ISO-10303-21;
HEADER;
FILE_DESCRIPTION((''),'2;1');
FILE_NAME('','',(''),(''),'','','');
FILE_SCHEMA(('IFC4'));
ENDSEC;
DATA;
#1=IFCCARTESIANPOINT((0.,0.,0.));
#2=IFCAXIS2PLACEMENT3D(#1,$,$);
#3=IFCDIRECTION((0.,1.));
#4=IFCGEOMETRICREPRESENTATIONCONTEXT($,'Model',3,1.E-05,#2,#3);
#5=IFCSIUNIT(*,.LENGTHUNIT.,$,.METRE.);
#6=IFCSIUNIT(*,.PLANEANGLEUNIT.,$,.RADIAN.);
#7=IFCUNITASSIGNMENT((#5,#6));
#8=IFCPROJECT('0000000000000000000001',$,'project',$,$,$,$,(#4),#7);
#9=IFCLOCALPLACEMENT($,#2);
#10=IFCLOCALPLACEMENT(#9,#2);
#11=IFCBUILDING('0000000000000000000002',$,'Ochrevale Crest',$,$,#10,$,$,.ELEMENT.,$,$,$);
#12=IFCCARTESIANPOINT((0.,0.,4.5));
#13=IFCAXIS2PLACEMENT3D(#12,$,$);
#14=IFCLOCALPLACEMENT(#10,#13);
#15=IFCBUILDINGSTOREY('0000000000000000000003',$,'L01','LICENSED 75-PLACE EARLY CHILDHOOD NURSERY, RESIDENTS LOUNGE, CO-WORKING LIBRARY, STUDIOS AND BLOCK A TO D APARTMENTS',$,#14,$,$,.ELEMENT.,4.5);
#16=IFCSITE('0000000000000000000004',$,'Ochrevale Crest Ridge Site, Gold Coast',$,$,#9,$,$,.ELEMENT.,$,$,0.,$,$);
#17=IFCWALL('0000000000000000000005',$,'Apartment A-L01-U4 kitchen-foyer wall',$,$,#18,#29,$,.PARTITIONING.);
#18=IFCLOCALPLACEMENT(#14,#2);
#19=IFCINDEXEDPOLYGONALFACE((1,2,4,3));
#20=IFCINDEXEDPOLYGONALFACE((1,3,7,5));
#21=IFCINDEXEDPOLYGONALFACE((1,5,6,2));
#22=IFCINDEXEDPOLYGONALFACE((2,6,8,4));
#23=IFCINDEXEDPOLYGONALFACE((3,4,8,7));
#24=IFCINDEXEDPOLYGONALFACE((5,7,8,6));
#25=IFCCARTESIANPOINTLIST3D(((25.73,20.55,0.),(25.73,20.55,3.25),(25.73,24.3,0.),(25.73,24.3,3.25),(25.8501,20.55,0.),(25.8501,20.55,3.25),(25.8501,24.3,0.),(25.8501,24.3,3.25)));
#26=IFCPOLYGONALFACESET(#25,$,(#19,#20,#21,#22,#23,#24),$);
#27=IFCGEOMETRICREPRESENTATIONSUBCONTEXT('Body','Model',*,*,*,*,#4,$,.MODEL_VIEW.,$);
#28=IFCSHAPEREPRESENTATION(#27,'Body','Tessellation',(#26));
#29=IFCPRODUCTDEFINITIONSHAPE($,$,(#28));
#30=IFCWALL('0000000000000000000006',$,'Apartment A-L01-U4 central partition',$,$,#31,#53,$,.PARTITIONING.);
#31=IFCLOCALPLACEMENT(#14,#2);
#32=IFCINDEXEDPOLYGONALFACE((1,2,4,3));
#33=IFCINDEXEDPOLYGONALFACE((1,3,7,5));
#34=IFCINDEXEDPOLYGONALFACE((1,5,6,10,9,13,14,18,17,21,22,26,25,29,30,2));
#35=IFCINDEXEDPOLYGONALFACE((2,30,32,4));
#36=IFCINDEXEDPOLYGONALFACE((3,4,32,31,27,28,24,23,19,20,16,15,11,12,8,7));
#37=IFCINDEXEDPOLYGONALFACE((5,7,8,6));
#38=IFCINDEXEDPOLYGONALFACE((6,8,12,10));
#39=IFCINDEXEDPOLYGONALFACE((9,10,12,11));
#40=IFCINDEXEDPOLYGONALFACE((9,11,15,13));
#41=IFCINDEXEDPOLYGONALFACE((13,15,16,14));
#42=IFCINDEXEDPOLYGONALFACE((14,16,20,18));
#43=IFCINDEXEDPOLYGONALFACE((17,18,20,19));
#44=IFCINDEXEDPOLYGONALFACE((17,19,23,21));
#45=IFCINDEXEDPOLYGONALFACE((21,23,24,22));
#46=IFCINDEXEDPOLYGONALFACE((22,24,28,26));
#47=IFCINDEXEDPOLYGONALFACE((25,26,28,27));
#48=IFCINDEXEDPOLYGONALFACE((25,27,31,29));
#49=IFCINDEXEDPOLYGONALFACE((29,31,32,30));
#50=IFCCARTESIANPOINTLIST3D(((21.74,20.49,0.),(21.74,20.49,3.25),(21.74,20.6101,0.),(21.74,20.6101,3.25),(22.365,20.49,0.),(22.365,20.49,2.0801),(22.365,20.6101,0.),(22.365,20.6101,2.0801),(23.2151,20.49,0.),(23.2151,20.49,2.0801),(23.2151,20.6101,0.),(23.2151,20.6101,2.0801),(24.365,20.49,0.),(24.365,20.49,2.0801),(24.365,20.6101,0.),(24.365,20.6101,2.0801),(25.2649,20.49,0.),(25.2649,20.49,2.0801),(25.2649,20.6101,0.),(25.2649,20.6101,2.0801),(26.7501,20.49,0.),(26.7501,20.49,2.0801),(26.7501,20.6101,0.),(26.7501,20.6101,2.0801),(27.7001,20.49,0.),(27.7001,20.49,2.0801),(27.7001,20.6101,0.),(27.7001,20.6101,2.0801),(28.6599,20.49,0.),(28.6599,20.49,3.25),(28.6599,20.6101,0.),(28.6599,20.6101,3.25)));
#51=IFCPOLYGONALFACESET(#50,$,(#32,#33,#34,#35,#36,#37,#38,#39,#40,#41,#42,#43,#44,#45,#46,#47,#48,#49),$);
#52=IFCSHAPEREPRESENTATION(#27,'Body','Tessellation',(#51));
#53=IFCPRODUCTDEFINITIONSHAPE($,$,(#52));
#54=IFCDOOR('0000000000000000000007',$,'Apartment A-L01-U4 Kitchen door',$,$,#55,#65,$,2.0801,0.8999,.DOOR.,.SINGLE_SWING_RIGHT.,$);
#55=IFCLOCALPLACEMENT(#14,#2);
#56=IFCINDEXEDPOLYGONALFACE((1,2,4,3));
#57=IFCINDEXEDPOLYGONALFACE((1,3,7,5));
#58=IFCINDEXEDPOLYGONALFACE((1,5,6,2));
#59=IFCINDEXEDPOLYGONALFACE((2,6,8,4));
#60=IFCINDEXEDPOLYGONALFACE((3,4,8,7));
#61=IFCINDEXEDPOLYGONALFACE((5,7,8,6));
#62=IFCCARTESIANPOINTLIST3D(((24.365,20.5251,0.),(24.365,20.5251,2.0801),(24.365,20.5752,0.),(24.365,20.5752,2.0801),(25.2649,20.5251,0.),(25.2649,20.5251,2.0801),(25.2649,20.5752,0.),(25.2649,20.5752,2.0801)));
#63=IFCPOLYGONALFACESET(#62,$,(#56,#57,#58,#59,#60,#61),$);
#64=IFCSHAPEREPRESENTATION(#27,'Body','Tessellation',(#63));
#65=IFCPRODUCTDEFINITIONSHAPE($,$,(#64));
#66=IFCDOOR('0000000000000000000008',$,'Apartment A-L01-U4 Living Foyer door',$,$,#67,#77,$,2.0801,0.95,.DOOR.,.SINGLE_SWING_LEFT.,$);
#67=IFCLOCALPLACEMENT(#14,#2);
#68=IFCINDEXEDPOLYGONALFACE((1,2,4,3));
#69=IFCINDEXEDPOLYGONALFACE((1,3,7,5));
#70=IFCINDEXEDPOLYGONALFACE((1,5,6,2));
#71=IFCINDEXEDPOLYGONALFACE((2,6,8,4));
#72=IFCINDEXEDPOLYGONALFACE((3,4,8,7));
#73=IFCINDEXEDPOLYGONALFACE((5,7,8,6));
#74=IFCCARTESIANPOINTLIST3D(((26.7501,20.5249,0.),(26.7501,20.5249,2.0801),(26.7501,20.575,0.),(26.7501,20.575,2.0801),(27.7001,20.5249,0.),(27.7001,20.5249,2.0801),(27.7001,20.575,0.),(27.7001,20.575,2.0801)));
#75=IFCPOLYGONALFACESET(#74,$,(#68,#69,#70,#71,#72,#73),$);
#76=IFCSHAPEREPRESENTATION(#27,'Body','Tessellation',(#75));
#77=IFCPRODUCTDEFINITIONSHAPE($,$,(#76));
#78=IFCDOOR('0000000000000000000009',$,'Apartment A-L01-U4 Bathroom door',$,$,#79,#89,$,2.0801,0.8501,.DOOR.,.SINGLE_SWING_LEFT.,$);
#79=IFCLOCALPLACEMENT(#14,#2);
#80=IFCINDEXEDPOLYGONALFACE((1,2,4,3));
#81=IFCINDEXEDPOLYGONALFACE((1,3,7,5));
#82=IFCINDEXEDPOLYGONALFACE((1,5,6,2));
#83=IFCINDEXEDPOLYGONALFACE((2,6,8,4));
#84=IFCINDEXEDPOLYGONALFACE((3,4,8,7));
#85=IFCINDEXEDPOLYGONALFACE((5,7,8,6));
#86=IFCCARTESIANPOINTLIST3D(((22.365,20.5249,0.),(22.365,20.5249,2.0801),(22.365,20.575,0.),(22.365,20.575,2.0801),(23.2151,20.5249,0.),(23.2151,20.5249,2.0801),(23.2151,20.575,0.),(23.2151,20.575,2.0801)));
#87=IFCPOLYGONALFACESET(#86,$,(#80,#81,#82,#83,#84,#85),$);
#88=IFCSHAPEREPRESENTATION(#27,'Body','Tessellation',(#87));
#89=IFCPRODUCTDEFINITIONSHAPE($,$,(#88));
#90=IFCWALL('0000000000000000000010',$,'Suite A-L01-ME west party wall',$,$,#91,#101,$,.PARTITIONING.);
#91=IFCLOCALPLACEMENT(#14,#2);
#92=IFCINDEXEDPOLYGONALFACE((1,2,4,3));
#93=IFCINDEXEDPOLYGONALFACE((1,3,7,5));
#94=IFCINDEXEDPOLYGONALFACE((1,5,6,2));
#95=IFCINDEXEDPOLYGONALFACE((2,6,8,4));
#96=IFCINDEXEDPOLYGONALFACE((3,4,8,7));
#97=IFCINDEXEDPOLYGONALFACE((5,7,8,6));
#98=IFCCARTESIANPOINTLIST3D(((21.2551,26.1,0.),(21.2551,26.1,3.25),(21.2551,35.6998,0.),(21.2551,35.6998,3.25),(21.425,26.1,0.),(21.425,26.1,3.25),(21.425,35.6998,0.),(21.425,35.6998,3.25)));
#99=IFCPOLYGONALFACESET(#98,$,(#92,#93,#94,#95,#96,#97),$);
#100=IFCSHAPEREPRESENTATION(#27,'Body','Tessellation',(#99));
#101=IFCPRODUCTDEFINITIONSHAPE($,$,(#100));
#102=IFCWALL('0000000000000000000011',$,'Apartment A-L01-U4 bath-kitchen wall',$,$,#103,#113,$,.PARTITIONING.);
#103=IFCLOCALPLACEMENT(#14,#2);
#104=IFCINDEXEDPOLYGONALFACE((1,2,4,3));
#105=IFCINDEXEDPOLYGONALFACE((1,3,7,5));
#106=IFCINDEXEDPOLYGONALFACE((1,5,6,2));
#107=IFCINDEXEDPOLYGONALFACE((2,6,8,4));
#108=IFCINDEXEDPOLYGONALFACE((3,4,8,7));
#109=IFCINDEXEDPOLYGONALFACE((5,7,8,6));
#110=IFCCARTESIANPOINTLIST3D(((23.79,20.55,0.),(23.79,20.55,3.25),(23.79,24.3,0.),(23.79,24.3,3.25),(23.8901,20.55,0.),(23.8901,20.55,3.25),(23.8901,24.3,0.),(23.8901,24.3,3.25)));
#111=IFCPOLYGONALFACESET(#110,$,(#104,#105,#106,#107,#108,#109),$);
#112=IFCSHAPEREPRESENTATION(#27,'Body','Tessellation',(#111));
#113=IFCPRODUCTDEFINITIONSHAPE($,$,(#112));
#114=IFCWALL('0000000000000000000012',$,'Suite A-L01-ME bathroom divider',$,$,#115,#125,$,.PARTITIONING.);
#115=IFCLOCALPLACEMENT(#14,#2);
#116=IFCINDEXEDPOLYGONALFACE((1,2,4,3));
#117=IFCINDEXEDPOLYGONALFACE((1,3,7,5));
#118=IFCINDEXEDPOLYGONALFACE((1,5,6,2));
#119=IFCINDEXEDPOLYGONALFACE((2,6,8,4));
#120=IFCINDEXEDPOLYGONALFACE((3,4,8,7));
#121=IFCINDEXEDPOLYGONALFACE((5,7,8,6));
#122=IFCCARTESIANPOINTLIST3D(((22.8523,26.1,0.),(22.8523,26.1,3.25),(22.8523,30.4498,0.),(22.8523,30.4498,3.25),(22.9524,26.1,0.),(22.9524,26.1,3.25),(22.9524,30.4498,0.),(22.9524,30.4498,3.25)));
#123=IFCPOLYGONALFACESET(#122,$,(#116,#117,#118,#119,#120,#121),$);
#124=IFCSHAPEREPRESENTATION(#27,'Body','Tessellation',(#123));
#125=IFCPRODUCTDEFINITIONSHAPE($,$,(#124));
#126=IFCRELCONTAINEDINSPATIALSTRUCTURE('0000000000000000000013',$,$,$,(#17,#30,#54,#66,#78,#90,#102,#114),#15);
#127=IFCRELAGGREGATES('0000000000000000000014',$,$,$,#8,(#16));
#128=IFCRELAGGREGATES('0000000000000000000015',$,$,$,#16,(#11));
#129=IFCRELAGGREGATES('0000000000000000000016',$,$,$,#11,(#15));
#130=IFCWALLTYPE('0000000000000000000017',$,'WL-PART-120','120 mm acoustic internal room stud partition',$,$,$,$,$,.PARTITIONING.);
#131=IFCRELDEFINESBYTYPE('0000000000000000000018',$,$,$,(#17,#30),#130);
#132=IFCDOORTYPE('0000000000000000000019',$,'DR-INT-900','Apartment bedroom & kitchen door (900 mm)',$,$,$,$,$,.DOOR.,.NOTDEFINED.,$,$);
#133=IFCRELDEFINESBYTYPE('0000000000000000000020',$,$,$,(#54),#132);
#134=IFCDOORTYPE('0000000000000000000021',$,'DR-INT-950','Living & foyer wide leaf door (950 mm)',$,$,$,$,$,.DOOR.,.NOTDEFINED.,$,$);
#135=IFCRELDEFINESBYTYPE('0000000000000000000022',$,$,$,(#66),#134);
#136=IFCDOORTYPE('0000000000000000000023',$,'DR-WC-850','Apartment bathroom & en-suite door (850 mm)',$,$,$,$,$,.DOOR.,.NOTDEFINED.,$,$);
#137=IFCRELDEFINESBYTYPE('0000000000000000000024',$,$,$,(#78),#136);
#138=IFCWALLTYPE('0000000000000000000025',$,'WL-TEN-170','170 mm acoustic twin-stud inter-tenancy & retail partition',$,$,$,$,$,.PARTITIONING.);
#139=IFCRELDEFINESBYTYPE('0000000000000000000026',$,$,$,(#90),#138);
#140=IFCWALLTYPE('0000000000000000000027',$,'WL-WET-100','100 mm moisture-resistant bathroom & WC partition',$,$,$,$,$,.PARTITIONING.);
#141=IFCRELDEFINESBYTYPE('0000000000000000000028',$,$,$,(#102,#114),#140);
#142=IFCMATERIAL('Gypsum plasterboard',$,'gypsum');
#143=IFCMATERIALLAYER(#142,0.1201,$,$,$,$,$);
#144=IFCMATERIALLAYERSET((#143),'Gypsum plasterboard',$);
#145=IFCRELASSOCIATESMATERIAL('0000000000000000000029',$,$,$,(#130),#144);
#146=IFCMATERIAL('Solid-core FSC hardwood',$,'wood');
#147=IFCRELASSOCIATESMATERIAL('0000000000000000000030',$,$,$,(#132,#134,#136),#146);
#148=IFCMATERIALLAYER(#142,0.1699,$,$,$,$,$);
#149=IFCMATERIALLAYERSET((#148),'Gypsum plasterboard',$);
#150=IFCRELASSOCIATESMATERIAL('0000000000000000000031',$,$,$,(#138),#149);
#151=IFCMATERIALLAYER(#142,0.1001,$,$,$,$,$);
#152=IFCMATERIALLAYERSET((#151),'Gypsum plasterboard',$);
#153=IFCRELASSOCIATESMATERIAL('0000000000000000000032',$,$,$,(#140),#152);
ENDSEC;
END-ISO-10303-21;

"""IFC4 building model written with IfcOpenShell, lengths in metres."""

from ifc_helpers import new_model, si_unit, direction, frame, frame_2d, origin, place, context, subcontext, project, spatial, rectangle, extrude, material, layer, layer_set, type_object, element, fill, save


model = new_model("IFC4")

# Units and contexts
model_context = context("Model", 3, precision=1e-05, world=origin(), true_north=direction((0.0, 1.0)))
body_context = subcontext(model_context, "Body", "Model", "MODEL_VIEW")
ifc_project = project(units=[si_unit("LENGTHUNIT", "METRE"), si_unit("PLANEANGLEUNIT", "RADIAN")], contexts=[model_context])

# Site, building, storey
site_placement = place(None, origin())
site = spatial("IfcSite", under=ifc_project, at=site_placement, Name="Ochrevale Crest Ridge Site, Gold Coast", CompositionType="ELEMENT", RefElevation=0.0)
building_placement = place(site_placement, origin())
building = spatial("IfcBuilding", under=site, at=building_placement, Name="Ochrevale Crest", CompositionType="ELEMENT")
storey_placement = place(building_placement, frame((0.0, 0.0, 4.5)))
storey = spatial("IfcBuildingStorey", under=building, at=storey_placement, Name="L01", Description="LICENSED 75-PLACE EARLY CHILDHOOD NURSERY, RESIDENTS LOUNGE, CO-WORKING LIBRARY, STUDIOS AND BLOCK A TO D APARTMENTS", CompositionType="ELEMENT", Elevation=4.5)

# Shared definitions
ifc_material_1 = material(Name="Gypsum plasterboard", Category="gypsum")
ifc_material_2 = material(Name="Solid-core FSC hardwood", Category="wood")

# Wall
ifc_layer_1 = layer(ifc_material_1, 0.1201)
ifc_layer_set_1 = layer_set([ifc_layer_1], Name="Gypsum plasterboard")
wall_type_1 = type_object("IfcWallType", Name="WL-PART-120", Description="120 mm acoustic internal room stud partition", PredefinedType="PARTITIONING", material=ifc_layer_set_1)
for number, where, z_axis, x_axis, name in (
    (1, (25.79, 20.55, 0.0), (0.0, 0.0, 1.0), (0.0, 1.0, 0.0), "Apartment A-L01-U4 kitchen-foyer wall"),
):
    element("IfcWall", number, at=place(storey_placement, frame(where, z_axis=z_axis, x_axis=x_axis)), inside=storey, type_object=wall_type_1, Name=name, PredefinedType="PARTITIONING", context=body_context, shape_type="SweptSolid", body=[
        extrude(rectangle(XDim=3.75, YDim=0.1201, at=frame_2d((1.875, 0.0))), origin(), (0.0, 0.0, 1.0), 3.25),
    ])

# Wall, openings, doors
wall_1_placement = place(storey_placement, frame((21.74, 20.55, 0.0), z_axis=(0.0, 0.0, 1.0), x_axis=(1.0, 0.0, 0.0)))
wall_1 = element("IfcWall", 2, at=wall_1_placement, inside=storey, type_object=wall_type_1, Name="Apartment A-L01-U4 central partition", PredefinedType="PARTITIONING", context=body_context, shape_type="SweptSolid", body=[
    extrude(rectangle(XDim=6.9199, YDim=0.1201, at=frame_2d((3.46, 0.0))), origin(), (0.0, 0.0, 1.0), 3.25),
])
opening_1_placement = place(wall_1_placement, frame((0.625, 0.0, 0.0)))
opening_1 = element("IfcOpeningElement", 3, at=opening_1_placement, cuts=wall_1, PredefinedType="OPENING", context=body_context, shape_type="SweptSolid", body=[
    extrude(rectangle(XDim=0.8501, YDim=2.0801, at=frame_2d((0.425, 1.04))), frame((0.0, 0.0701, 0.0), z_axis=(0.0, -1.0, 0.0), x_axis=(1.0, 0.0, 0.0)), (0.0, 0.0, 1.0), 0.1401),
])
opening_2_placement = place(wall_1_placement, frame((3.5249, 0.0, 0.0), z_axis=(0.0, 0.0, 1.0), x_axis=(-1.0, 0.0, 0.0)))
opening_2 = element("IfcOpeningElement", 4, at=opening_2_placement, cuts=wall_1, PredefinedType="OPENING", context=body_context, shape_type="SweptSolid", body=[
    extrude(rectangle(XDim=0.8999, YDim=2.0801, at=frame_2d((0.45, 1.04))), frame((0.0, 0.0701, 0.0), z_axis=(0.0, -1.0, 0.0), x_axis=(1.0, 0.0, 0.0)), (0.0, 0.0, 1.0), 0.1401),
])
opening_3_placement = place(wall_1_placement, frame((5.01, 0.0, 0.0)))
opening_3 = element("IfcOpeningElement", 5, at=opening_3_placement, cuts=wall_1, PredefinedType="OPENING", context=body_context, shape_type="SweptSolid", body=[
    extrude(rectangle(XDim=0.95, YDim=2.0801, at=frame_2d((0.4751, 1.04))), frame((0.0, 0.0701, 0.0), z_axis=(0.0, -1.0, 0.0), x_axis=(1.0, 0.0, 0.0)), (0.0, 0.0, 1.0), 0.1401),
])
door_type_1 = type_object("IfcDoorType", Name="DR-INT-900", Description="Apartment bedroom & kitchen door (900 mm)", OperationType="NOTDEFINED", PredefinedType="DOOR", material=ifc_material_2)
door_1_placement = place(opening_2_placement, origin())
door_1 = element("IfcDoor", 6, at=door_1_placement, inside=storey, type_object=door_type_1, Name="Apartment A-L01-U4 Kitchen door", OperationType="SINGLE_SWING_RIGHT", OverallHeight=2.0801, OverallWidth=0.8999, PredefinedType="DOOR", context=body_context, shape_type="SweptSolid", body=[
    extrude(rectangle(XDim=0.8999, YDim=2.0801, at=frame_2d((0.45, 1.04))), frame((0.0, 0.0249, 0.0), z_axis=(0.0, -1.0, 0.0), x_axis=(1.0, 0.0, 0.0)), (0.0, 0.0, 1.0), 0.05),
])
fill(opening_2, door_1)
door_type_2 = type_object("IfcDoorType", Name="DR-INT-950", Description="Living & foyer wide leaf door (950 mm)", OperationType="NOTDEFINED", PredefinedType="DOOR", material=ifc_material_2)
door_2_placement = place(opening_3_placement, origin())
door_2 = element("IfcDoor", 7, at=door_2_placement, inside=storey, type_object=door_type_2, Name="Apartment A-L01-U4 Living Foyer door", OperationType="SINGLE_SWING_LEFT", OverallHeight=2.0801, OverallWidth=0.95, PredefinedType="DOOR", context=body_context, shape_type="SweptSolid", body=[
    extrude(rectangle(XDim=0.95, YDim=2.0801, at=frame_2d((0.4751, 1.04))), frame((0.0, 0.0249, 0.0), z_axis=(0.0, -1.0, 0.0), x_axis=(1.0, 0.0, 0.0)), (0.0, 0.0, 1.0), 0.05),
])
fill(opening_3, door_2)
door_type_3 = type_object("IfcDoorType", Name="DR-WC-850", Description="Apartment bathroom & en-suite door (850 mm)", OperationType="NOTDEFINED", PredefinedType="DOOR", material=ifc_material_2)
door_3_placement = place(opening_1_placement, origin())
door_3 = element("IfcDoor", 8, at=door_3_placement, inside=storey, type_object=door_type_3, Name="Apartment A-L01-U4 Bathroom door", OperationType="SINGLE_SWING_LEFT", OverallHeight=2.0801, OverallWidth=0.8501, PredefinedType="DOOR", context=body_context, shape_type="SweptSolid", body=[
    extrude(rectangle(XDim=0.8501, YDim=2.0801, at=frame_2d((0.425, 1.04))), frame((0.0, 0.0249, 0.0), z_axis=(0.0, -1.0, 0.0), x_axis=(1.0, 0.0, 0.0)), (0.0, 0.0, 1.0), 0.05),
])
fill(opening_1, door_3)

# Walls
ifc_layer_2 = layer(ifc_material_1, 0.1699)
ifc_layer_set_2 = layer_set([ifc_layer_2], Name="Gypsum plasterboard")
wall_type_2 = type_object("IfcWallType", Name="WL-TEN-170", Description="170 mm acoustic twin-stud inter-tenancy & retail partition", PredefinedType="PARTITIONING", material=ifc_layer_set_2)
wall_2_placement = place(storey_placement, frame((21.3401, 26.1001, 0.0), z_axis=(0.0, 0.0, 1.0), x_axis=(0.0, 1.0, 0.0)))
element("IfcWall", 9, at=wall_2_placement, inside=storey, type_object=wall_type_2, Name="Suite A-L01-ME west party wall", PredefinedType="PARTITIONING", context=body_context, shape_type="SweptSolid", body=[
    extrude(rectangle(XDim=9.5999, YDim=0.1699, at=frame_2d((4.7998, 0.0))), origin(), (0.0, 0.0, 1.0), 3.25),
])
ifc_layer_3 = layer(ifc_material_1, 0.1001)
ifc_layer_set_3 = layer_set([ifc_layer_3], Name="Gypsum plasterboard")
wall_type_3 = type_object("IfcWallType", Name="WL-WET-100", Description="100 mm moisture-resistant bathroom & WC partition", PredefinedType="PARTITIONING", material=ifc_layer_set_3)
wall_3_placement = place(storey_placement, frame((23.8401, 20.55, 0.0), z_axis=(0.0, 0.0, 1.0), x_axis=(0.0, 1.0, 0.0)))
element("IfcWall", 10, at=wall_3_placement, inside=storey, type_object=wall_type_3, Name="Apartment A-L01-U4 bath-kitchen wall", PredefinedType="PARTITIONING", context=body_context, shape_type="SweptSolid", body=[
    extrude(rectangle(XDim=3.75, YDim=0.1001, at=frame_2d((1.875, 0.0))), origin(), (0.0, 0.0, 1.0), 3.25),
])
wall_4_placement = place(storey_placement, frame((22.9023, 26.1001, 0.0), z_axis=(0.0, 0.0, 1.0), x_axis=(0.0, 1.0, 0.0)))
element("IfcWall", 11, at=wall_4_placement, inside=storey, type_object=wall_type_3, Name="Suite A-L01-ME bathroom divider", PredefinedType="PARTITIONING", context=body_context, shape_type="SweptSolid", body=[
    extrude(rectangle(XDim=4.3499, YDim=0.1001, at=frame_2d((2.1748, 0.0))), origin(), (0.0, 0.0, 1.0), 3.25),
])

save(model, "model.ifc")
